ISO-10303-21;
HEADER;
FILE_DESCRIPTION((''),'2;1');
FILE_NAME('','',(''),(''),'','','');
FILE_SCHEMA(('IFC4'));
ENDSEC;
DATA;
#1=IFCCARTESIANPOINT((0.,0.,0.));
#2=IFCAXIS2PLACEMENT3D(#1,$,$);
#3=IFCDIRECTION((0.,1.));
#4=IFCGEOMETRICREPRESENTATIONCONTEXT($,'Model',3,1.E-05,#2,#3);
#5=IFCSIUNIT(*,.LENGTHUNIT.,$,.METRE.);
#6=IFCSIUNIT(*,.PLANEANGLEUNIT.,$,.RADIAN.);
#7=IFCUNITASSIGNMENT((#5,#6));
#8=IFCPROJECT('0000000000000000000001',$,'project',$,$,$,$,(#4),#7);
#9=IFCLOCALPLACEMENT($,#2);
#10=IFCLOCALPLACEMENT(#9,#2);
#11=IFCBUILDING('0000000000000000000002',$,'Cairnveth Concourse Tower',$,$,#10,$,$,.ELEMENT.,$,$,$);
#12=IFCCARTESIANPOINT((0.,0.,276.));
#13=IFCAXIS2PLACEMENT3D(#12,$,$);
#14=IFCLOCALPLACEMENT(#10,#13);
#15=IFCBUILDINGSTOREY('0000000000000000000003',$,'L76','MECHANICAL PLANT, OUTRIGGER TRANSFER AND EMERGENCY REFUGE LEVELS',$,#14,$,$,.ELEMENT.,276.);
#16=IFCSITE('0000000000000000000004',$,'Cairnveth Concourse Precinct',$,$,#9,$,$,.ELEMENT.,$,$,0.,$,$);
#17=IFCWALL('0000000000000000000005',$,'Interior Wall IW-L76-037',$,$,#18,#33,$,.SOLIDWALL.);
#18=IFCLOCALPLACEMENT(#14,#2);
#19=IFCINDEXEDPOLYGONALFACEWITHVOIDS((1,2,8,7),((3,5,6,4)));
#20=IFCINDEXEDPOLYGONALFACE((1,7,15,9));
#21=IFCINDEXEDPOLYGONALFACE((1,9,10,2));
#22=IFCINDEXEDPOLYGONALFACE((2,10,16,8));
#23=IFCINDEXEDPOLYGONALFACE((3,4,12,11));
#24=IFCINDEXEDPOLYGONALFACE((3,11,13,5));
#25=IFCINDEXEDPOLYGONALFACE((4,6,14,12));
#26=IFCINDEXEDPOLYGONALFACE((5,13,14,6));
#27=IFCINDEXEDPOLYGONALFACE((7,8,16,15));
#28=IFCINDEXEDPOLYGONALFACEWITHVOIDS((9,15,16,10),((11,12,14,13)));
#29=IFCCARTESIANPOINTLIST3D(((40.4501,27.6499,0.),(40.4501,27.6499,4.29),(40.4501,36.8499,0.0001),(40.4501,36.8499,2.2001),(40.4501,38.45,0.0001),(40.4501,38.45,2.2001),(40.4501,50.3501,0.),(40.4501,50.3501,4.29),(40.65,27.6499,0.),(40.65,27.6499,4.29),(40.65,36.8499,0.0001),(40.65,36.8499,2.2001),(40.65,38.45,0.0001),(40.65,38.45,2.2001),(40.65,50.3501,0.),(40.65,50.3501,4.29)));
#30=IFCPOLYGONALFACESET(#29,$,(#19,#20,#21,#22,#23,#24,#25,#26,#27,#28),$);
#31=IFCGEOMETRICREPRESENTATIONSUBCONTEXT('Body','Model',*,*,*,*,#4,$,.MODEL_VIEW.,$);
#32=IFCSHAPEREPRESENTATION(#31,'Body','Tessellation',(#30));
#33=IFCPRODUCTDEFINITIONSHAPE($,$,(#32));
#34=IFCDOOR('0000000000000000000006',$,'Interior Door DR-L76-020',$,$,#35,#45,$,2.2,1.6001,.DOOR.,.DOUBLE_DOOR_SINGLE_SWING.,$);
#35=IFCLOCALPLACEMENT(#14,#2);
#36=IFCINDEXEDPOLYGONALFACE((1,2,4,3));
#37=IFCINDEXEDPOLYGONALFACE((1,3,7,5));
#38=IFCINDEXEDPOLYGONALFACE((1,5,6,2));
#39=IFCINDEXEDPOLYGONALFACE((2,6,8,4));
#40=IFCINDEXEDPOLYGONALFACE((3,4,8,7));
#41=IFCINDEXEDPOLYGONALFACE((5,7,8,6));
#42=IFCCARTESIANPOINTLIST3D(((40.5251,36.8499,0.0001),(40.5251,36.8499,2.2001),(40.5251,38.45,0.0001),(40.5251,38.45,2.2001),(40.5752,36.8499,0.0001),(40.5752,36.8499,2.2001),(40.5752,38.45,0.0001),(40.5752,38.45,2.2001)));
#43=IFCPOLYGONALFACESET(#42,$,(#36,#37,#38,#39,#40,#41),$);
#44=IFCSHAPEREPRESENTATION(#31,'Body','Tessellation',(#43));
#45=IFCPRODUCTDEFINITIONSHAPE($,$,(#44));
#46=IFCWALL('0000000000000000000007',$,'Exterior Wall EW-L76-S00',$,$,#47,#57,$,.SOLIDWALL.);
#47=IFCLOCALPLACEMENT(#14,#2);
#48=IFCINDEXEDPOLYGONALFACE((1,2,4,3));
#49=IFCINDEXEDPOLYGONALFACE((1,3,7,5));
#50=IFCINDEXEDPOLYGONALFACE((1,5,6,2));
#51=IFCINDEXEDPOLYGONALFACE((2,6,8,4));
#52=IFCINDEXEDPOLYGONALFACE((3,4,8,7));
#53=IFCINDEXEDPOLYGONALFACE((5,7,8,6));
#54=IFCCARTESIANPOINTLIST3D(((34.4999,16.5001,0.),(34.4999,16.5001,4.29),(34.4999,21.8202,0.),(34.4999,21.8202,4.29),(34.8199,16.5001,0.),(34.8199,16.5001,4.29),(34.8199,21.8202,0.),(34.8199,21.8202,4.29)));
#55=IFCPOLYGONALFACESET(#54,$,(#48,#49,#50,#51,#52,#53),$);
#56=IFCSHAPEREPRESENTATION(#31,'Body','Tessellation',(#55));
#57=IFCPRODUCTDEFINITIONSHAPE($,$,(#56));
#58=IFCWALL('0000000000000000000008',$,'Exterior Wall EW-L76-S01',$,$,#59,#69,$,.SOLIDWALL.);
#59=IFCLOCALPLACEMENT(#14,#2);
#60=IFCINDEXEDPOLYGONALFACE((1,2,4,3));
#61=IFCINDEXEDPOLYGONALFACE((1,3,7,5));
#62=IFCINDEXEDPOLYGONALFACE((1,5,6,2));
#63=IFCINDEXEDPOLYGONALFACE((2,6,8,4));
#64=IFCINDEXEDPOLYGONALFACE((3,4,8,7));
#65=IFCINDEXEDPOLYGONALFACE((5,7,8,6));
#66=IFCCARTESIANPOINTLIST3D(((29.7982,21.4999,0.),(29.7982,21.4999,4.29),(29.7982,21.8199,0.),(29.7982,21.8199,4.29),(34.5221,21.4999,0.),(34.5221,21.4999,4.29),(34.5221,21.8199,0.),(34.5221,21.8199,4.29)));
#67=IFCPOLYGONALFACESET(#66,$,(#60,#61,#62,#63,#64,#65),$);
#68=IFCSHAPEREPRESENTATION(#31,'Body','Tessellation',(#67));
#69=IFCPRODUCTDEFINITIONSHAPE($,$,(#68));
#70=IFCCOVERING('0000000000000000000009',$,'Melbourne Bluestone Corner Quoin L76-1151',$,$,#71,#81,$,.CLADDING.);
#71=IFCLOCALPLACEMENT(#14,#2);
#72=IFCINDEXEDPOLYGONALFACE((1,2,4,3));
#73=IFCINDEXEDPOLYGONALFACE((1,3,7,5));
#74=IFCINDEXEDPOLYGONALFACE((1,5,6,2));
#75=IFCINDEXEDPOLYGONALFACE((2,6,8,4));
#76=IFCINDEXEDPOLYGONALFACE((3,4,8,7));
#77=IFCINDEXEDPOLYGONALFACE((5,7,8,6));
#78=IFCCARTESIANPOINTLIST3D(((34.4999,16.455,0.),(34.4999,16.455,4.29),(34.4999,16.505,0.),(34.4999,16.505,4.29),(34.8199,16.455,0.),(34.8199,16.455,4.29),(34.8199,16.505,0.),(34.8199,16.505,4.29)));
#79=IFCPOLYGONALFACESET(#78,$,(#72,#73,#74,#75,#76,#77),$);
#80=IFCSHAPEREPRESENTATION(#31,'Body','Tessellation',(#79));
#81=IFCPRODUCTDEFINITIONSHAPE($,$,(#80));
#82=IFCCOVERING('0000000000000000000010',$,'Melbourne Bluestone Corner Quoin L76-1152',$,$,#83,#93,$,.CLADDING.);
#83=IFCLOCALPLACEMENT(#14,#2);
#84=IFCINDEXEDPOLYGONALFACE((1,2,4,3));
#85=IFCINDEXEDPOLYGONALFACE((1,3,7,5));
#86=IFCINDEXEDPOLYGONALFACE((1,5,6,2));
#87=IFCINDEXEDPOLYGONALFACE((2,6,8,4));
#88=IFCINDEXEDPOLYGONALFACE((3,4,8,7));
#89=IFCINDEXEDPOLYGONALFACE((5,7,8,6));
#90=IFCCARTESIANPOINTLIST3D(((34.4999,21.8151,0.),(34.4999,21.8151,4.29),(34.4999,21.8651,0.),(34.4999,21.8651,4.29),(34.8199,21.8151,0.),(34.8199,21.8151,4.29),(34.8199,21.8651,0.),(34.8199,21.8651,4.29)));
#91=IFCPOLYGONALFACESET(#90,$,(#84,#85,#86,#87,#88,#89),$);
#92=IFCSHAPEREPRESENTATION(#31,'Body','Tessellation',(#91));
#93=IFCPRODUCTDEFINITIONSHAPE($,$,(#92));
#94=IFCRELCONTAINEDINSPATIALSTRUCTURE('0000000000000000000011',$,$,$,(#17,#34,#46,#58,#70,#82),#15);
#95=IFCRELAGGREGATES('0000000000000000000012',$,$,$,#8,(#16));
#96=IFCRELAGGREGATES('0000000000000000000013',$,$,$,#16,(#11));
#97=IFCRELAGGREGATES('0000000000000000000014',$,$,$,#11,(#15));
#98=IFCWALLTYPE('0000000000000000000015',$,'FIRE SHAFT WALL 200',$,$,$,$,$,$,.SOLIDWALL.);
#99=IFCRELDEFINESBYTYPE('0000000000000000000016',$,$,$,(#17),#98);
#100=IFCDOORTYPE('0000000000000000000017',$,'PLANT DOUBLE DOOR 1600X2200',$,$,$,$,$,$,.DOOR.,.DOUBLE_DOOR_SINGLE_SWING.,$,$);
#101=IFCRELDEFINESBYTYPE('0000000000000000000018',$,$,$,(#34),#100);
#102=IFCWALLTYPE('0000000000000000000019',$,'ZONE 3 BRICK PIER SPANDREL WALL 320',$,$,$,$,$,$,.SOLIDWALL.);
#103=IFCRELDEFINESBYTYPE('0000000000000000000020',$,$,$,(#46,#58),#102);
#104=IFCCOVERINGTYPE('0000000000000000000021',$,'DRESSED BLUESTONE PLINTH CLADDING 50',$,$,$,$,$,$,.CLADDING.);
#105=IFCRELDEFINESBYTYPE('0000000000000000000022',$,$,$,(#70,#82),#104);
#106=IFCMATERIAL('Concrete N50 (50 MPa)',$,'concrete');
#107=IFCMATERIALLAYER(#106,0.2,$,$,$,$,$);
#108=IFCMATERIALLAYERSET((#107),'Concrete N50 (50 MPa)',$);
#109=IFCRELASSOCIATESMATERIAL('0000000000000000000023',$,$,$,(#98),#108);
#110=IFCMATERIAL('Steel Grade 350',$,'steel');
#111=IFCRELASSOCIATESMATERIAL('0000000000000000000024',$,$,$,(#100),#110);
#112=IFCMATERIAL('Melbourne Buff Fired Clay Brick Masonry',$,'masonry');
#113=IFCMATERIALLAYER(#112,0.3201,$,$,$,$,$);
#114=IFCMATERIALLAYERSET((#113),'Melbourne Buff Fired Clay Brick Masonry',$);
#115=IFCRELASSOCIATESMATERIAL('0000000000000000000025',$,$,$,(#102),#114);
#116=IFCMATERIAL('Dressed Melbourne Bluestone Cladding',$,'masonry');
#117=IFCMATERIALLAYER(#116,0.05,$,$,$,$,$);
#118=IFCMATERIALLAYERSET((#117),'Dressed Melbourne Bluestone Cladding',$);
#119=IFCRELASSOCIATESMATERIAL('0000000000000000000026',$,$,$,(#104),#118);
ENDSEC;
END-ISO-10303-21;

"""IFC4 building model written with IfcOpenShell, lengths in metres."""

from ifc_helpers import new_model, si_unit, direction, frame, frame_2d, origin, place, context, subcontext, project, spatial, rectangle, extrude, material, layer, layer_set, type_object, element, fill, save


model = new_model("IFC4")

# Units and contexts
model_context = context("Model", 3, precision=1e-05, world=origin(), true_north=direction((0.0, 1.0)))
body_context = subcontext(model_context, "Body", "Model", "MODEL_VIEW")
ifc_project = project(units=[si_unit("LENGTHUNIT", "METRE"), si_unit("PLANEANGLEUNIT", "RADIAN")], contexts=[model_context])

# Site, building, storey
site_placement = place(None, origin())
site = spatial("IfcSite", under=ifc_project, at=site_placement, Name="Cairnveth Concourse Precinct", CompositionType="ELEMENT", RefElevation=0.0)
building_placement = place(site_placement, origin())
building = spatial("IfcBuilding", under=site, at=building_placement, Name="Cairnveth Concourse Tower", CompositionType="ELEMENT")
storey_placement = place(building_placement, frame((0.0, 0.0, 276.0)))
storey = spatial("IfcBuildingStorey", under=building, at=storey_placement, Name="L76", Description="MECHANICAL PLANT, OUTRIGGER TRANSFER AND EMERGENCY REFUGE LEVELS", CompositionType="ELEMENT", Elevation=276.0)

# Shared definitions
ifc_material_1 = material(Name="Steel Grade 350", Category="steel")

# Shared definitions
ifc_material_2 = material(Name="Concrete N50 (50 MPa)", Category="concrete")
ifc_layer_1 = layer(ifc_material_2, 0.2)
ifc_layer_set_1 = layer_set([ifc_layer_1], Name="Concrete N50 (50 MPa)")
wall_type_1 = type_object("IfcWallType", Name="FIRE SHAFT WALL 200", PredefinedType="SOLIDWALL", material=ifc_layer_set_1)

# Wall, opening, door
wall_1_placement = place(storey_placement, frame((40.55, 27.6499, 0.0), z_axis=(0.0, 0.0, 1.0), x_axis=(0.0, 1.0, 0.0)))
wall_1 = element("IfcWall", 1, at=wall_1_placement, inside=storey, type_object=wall_type_1, Name="Interior Wall IW-L76-037", PredefinedType="SOLIDWALL", context=body_context, shape_type="SweptSolid", body=[
    extrude(rectangle(XDim=22.7002, YDim=0.2, at=frame_2d((11.3501, 0.0))), origin(), (0.0, 0.0, 1.0), 4.29),
])
opening_1_placement = place(wall_1_placement, frame((9.2, 0.0, 0.0)))
opening_1 = element("IfcOpeningElement", 2, at=opening_1_placement, cuts=wall_1, PredefinedType="OPENING", context=body_context, shape_type="SweptSolid", body=[
    extrude(rectangle(XDim=1.6001, YDim=2.2, at=frame_2d((0.8, 1.1001))), frame((0.0, 0.1099, 0.0), z_axis=(0.0, -1.0, 0.0), x_axis=(1.0, 0.0, 0.0)), (0.0, 0.0, 1.0), 0.22),
])
door_type_1 = type_object("IfcDoorType", Name="PLANT DOUBLE DOOR 1600X2200", OperationType="DOUBLE_DOOR_SINGLE_SWING", PredefinedType="DOOR", material=ifc_material_1)
door_1_placement = place(opening_1_placement, origin())
door_1 = element("IfcDoor", 3, at=door_1_placement, inside=storey, type_object=door_type_1, Name="Interior Door DR-L76-020", OperationType="DOUBLE_DOOR_SINGLE_SWING", OverallHeight=2.2, OverallWidth=1.6001, PredefinedType="DOOR", context=body_context, shape_type="SweptSolid", body=[
    extrude(rectangle(XDim=1.6001, YDim=2.2, at=frame_2d((0.8, 1.1001))), frame((0.0, 0.0249, 0.0), z_axis=(0.0, -1.0, 0.0), x_axis=(1.0, 0.0, 0.0)), (0.0, 0.0, 1.0), 0.05),
])
fill(opening_1, door_1)

# Walls
ifc_material_3 = material(Name="Melbourne Buff Fired Clay Brick Masonry", Category="masonry")
ifc_layer_2 = layer(ifc_material_3, 0.3201)
ifc_layer_set_2 = layer_set([ifc_layer_2], Name="Melbourne Buff Fired Clay Brick Masonry")
wall_type_2 = type_object("IfcWallType", Name="ZONE 3 BRICK PIER SPANDREL WALL 320", PredefinedType="SOLIDWALL", material=ifc_layer_set_2)
wall_2_placement = place(storey_placement, frame((34.6599, 16.5, 0.0), z_axis=(0.0, 0.0, 1.0), x_axis=(0.0, 1.0, 0.0)))
element("IfcWall", 4, at=wall_2_placement, inside=storey, type_object=wall_type_2, Name="Exterior Wall EW-L76-S00", PredefinedType="SOLIDWALL", context=body_context, shape_type="SweptSolid", body=[
    extrude(rectangle(XDim=5.3201, YDim=0.3201, at=frame_2d((2.6602, 0.0))), origin(), (0.0, 0.0, 1.0), 4.29),
])
wall_3_placement = place(storey_placement, frame((34.522, 21.6599, 0.0), z_axis=(0.0, 0.0, 1.0), x_axis=(-1.0, 0.0, 0.0)))
element("IfcWall", 5, at=wall_3_placement, inside=storey, type_object=wall_type_2, Name="Exterior Wall EW-L76-S01", PredefinedType="SOLIDWALL", context=body_context, shape_type="SweptSolid", body=[
    extrude(rectangle(XDim=4.7239, YDim=0.3201, at=frame_2d((2.3618, 0.0))), origin(), (0.0, 0.0, 1.0), 4.29),
])

# Coverings
ifc_material_4 = material(Name="Dressed Melbourne Bluestone Cladding", Category="masonry")
ifc_layer_3 = layer(ifc_material_4, 0.05)
ifc_layer_set_3 = layer_set([ifc_layer_3], Name="Dressed Melbourne Bluestone Cladding")
covering_type = type_object("IfcCoveringType", Name="DRESSED BLUESTONE PLINTH CLADDING 50", PredefinedType="CLADDING", material=ifc_layer_set_3)
for number, where, z_axis, x_axis, name in (
    (6, (34.8201, 16.48, 0.0), (0.0, 0.0, 1.0), (-1.0, 0.0, 0.0), "Melbourne Bluestone Corner Quoin L76-1151"),
    (7, (34.8201, 21.8401, 0.0), (0.0, 0.0, 1.0), (-1.0, 0.0, 0.0), "Melbourne Bluestone Corner Quoin L76-1152"),
):
    element("IfcCovering", number, at=place(storey_placement, frame(where, z_axis=z_axis, x_axis=x_axis)), inside=storey, type_object=covering_type, Name=name, PredefinedType="CLADDING", context=body_context, shape_type="SweptSolid", body=[
        extrude(rectangle(XDim=0.3201, YDim=0.05, at=frame_2d((0.1602, 0.0))), origin(), (0.0, 0.0, 1.0), 4.29),
    ])

save(model, "model.ifc")
